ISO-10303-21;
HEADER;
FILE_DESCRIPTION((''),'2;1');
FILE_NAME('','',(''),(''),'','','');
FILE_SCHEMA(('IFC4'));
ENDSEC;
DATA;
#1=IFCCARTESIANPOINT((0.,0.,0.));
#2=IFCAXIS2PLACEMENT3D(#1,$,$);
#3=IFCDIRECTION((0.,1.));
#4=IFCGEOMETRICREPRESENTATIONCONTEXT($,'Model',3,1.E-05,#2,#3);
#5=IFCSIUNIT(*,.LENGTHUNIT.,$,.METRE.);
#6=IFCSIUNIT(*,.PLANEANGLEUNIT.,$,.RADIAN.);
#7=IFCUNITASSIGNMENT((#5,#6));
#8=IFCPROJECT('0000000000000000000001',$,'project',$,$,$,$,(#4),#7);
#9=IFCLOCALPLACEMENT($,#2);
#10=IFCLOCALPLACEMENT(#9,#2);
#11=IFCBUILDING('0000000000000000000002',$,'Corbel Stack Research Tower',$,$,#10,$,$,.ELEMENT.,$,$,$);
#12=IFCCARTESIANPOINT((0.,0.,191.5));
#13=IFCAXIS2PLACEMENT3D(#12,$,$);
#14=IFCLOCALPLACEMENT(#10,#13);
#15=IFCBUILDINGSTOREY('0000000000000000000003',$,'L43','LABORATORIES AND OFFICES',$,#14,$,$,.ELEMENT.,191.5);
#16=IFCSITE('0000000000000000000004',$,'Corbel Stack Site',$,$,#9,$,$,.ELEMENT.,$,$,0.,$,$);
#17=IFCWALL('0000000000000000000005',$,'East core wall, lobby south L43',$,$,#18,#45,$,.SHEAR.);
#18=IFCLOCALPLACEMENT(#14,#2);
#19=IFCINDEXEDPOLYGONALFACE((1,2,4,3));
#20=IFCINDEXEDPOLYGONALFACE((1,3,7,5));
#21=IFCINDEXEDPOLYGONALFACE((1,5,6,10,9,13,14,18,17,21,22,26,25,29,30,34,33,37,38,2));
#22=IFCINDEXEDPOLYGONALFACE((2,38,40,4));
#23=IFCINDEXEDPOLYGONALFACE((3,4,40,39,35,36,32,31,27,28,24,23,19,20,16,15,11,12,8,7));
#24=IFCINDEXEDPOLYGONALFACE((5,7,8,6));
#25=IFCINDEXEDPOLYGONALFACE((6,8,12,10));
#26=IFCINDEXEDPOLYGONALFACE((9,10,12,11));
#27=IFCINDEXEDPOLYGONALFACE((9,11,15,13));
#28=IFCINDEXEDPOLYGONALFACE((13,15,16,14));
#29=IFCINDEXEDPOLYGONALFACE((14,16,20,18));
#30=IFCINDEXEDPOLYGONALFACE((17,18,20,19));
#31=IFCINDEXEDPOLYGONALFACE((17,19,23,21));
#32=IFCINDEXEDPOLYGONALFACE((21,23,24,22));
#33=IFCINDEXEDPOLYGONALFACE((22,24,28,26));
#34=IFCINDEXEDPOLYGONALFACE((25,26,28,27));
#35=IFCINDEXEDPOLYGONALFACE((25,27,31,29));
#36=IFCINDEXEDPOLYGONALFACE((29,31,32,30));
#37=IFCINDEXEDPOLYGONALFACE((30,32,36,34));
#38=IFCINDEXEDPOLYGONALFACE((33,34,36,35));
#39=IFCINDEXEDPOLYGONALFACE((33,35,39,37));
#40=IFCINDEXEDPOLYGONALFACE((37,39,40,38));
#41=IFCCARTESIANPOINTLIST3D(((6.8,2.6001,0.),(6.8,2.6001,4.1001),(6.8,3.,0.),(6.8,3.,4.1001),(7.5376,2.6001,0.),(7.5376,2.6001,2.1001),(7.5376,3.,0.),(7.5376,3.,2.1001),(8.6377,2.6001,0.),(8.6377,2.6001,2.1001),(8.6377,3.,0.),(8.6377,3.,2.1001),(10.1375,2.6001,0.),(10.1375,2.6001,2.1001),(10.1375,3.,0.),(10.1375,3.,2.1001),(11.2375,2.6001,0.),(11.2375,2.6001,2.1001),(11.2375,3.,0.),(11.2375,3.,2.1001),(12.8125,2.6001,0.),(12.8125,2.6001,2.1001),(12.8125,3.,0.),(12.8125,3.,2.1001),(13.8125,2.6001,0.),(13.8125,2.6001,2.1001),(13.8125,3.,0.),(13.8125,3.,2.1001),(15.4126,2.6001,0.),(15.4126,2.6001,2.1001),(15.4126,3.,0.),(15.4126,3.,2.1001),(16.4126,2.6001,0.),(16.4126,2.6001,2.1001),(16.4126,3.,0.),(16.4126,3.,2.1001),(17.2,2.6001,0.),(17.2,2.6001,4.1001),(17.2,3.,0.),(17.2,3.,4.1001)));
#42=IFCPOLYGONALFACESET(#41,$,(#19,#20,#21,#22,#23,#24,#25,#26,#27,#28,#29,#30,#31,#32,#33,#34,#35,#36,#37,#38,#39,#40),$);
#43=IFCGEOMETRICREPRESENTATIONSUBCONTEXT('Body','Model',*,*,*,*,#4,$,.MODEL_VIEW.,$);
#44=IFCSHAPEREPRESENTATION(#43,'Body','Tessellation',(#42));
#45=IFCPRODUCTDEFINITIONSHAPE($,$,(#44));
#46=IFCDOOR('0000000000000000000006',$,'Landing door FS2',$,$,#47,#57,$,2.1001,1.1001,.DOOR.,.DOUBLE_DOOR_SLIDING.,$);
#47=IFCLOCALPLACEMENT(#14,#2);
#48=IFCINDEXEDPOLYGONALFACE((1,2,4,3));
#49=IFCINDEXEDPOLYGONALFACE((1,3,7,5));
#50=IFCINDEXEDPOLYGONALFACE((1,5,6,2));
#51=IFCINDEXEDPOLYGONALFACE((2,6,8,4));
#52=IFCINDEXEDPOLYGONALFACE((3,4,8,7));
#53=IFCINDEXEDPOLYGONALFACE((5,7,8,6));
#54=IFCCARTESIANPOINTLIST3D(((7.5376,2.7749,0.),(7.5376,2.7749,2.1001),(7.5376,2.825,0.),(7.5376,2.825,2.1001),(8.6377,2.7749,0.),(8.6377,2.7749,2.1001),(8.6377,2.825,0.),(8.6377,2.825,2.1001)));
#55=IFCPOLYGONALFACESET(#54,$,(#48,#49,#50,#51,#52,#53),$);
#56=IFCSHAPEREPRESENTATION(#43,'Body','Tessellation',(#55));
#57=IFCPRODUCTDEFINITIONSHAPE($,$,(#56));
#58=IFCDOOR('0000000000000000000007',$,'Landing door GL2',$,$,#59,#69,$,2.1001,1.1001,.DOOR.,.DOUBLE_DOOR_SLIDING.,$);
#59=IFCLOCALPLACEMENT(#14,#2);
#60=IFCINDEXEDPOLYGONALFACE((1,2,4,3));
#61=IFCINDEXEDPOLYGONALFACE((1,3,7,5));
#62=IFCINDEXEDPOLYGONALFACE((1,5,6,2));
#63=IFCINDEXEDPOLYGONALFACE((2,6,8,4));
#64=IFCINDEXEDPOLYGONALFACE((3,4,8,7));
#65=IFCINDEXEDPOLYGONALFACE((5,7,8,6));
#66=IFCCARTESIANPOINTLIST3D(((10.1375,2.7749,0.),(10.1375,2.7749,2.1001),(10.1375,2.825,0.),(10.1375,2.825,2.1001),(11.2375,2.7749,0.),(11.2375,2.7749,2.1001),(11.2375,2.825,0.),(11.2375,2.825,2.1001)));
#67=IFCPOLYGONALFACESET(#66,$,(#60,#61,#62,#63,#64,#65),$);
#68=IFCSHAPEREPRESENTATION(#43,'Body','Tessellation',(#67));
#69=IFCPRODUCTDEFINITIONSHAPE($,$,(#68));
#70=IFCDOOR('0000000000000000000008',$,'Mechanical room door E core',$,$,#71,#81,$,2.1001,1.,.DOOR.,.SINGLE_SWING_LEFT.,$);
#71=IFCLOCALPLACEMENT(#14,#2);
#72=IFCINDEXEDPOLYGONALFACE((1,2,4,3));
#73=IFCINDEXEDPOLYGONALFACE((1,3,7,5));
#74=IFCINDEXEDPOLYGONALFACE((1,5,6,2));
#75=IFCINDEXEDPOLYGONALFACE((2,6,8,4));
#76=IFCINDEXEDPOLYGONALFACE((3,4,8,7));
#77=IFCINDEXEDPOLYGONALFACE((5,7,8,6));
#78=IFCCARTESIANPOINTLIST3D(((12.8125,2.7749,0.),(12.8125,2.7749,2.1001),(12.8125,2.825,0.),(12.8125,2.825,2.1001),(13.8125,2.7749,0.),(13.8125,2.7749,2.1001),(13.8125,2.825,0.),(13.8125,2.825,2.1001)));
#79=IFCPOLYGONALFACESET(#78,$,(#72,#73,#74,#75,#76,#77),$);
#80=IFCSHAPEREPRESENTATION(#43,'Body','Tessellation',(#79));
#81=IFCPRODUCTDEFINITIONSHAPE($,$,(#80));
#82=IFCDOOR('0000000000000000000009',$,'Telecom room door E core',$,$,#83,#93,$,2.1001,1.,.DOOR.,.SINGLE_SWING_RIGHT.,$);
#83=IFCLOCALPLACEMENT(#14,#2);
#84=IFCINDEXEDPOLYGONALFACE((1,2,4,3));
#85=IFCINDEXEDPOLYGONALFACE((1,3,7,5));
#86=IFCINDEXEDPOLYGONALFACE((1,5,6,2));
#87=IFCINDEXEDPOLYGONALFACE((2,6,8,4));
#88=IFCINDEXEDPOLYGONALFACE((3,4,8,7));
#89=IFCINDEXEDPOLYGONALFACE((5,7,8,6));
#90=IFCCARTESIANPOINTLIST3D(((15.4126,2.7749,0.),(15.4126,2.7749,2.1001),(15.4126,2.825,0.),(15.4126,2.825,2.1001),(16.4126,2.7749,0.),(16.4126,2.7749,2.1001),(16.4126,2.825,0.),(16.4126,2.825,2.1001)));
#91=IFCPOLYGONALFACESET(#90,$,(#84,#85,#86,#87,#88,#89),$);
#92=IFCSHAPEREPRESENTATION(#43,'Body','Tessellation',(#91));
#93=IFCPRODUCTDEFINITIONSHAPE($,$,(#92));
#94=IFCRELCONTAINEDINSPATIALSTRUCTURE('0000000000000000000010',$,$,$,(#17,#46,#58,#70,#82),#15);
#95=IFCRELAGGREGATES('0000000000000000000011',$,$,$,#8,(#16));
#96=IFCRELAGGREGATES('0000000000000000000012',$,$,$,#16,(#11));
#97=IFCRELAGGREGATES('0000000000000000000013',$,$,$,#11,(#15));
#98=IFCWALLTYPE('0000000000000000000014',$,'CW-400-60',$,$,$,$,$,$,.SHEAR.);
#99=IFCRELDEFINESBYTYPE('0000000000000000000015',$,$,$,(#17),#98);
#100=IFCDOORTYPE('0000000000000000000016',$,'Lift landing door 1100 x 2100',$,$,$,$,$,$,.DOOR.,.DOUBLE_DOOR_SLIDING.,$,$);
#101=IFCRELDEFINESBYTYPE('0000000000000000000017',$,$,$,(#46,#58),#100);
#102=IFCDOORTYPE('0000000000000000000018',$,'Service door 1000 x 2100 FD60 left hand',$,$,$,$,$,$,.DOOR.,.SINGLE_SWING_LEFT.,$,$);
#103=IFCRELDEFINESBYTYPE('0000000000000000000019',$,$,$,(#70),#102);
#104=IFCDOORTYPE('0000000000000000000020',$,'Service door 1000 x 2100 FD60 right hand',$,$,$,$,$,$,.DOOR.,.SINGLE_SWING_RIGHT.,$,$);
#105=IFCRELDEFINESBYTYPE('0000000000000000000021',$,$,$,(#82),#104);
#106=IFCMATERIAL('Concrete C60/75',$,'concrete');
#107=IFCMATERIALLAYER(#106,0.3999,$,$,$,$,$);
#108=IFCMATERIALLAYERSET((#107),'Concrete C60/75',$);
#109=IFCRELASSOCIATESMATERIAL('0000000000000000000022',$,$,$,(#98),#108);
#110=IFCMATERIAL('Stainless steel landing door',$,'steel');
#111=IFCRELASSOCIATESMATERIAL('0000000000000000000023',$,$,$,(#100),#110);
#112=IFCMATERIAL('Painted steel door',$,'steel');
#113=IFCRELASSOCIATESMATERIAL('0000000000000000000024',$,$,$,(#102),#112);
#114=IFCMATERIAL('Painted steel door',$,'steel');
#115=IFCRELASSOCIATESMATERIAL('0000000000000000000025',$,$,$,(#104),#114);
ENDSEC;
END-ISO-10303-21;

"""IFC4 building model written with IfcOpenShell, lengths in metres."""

from ifc_helpers import new_model, si_unit, direction, frame, frame_2d, origin, place, context, subcontext, project, spatial, rectangle, extrude, material, layer, layer_set, type_object, element, fill, save


model = new_model("IFC4")

# Units and contexts
model_context = context("Model", 3, precision=1e-05, world=origin(), true_north=direction((0.0, 1.0)))
body_context = subcontext(model_context, "Body", "Model", "MODEL_VIEW")
ifc_project = project(units=[si_unit("LENGTHUNIT", "METRE"), si_unit("PLANEANGLEUNIT", "RADIAN")], contexts=[model_context])

# Site, building, storey
site_placement = place(None, origin())
site = spatial("IfcSite", under=ifc_project, at=site_placement, Name="Corbel Stack Site", CompositionType="ELEMENT", RefElevation=0.0)
building_placement = place(site_placement, origin())
building = spatial("IfcBuilding", under=site, at=building_placement, Name="Corbel Stack Research Tower", CompositionType="ELEMENT")
storey_placement = place(building_placement, frame((0.0, 0.0, 191.5)))
storey = spatial("IfcBuildingStorey", under=building, at=storey_placement, Name="L43", Description="LABORATORIES AND OFFICES", CompositionType="ELEMENT", Elevation=191.5)

# Wall, openings, doors
ifc_material_1 = material(Name="Concrete C60/75", Category="concrete")
ifc_layer_1 = layer(ifc_material_1, 0.3999)
ifc_layer_set_1 = layer_set([ifc_layer_1], Name="Concrete C60/75")
wall_type_1 = type_object("IfcWallType", Name="CW-400-60", PredefinedType="SHEAR", material=ifc_layer_set_1)
wall_1_placement = place(storey_placement, frame((6.8, 2.8, 0.0), z_axis=(0.0, 0.0, 1.0), x_axis=(1.0, 0.0, 0.0)))
wall_1 = element("IfcWall", 1, at=wall_1_placement, inside=storey, type_object=wall_type_1, Name="East core wall, lobby south L43", PredefinedType="SHEAR", context=body_context, shape_type="SweptSolid", body=[
    extrude(rectangle(XDim=10.3999, YDim=0.3999, at=frame_2d((5.2, 0.0))), origin(), (0.0, 0.0, 1.0), 4.1001),
])
opening_1_placement = place(wall_1_placement, frame((0.7375, 0.0, 0.0)))
opening_1 = element("IfcOpeningElement", 2, at=opening_1_placement, cuts=wall_1, PredefinedType="OPENING", context=body_context, shape_type="SweptSolid", body=[
    extrude(rectangle(XDim=1.1001, YDim=2.1001, at=frame_2d((0.55, 1.05))), frame((0.0, 0.21, 0.0), z_axis=(0.0, -1.0, 0.0), x_axis=(1.0, 0.0, 0.0)), (0.0, 0.0, 1.0), 0.4199),
])
opening_2_placement = place(wall_1_placement, frame((3.3374, 0.0, 0.0)))
opening_2 = element("IfcOpeningElement", 3, at=opening_2_placement, cuts=wall_1, PredefinedType="OPENING", context=body_context, shape_type="SweptSolid", body=[
    extrude(rectangle(XDim=1.1001, YDim=2.1001, at=frame_2d((0.55, 1.05))), frame((0.0, 0.21, 0.0), z_axis=(0.0, -1.0, 0.0), x_axis=(1.0, 0.0, 0.0)), (0.0, 0.0, 1.0), 0.4199),
])
opening_3_placement = place(wall_1_placement, frame((6.0125, 0.0, 0.0)))
opening_3 = element("IfcOpeningElement", 4, at=opening_3_placement, cuts=wall_1, PredefinedType="OPENING", context=body_context, shape_type="SweptSolid", body=[
    extrude(rectangle(XDim=1.0, YDim=2.1001, at=frame_2d((0.5, 1.05))), frame((0.0, 0.21, 0.0), z_axis=(0.0, -1.0, 0.0), x_axis=(1.0, 0.0, 0.0)), (0.0, 0.0, 1.0), 0.4199),
])
opening_4_placement = place(wall_1_placement, frame((8.6125, 0.0, 0.0)))
opening_4 = element("IfcOpeningElement", 5, at=opening_4_placement, cuts=wall_1, PredefinedType="OPENING", context=body_context, shape_type="SweptSolid", body=[
    extrude(rectangle(XDim=1.0, YDim=2.1001, at=frame_2d((0.5, 1.05))), frame((0.0, 0.21, 0.0), z_axis=(0.0, -1.0, 0.0), x_axis=(1.0, 0.0, 0.0)), (0.0, 0.0, 1.0), 0.4199),
])
ifc_material_2 = material(Name="Stainless steel landing door", Category="steel")
door_type_1 = type_object("IfcDoorType", Name="Lift landing door 1100 x 2100", OperationType="DOUBLE_DOOR_SLIDING", PredefinedType="DOOR", material=ifc_material_2)
door_1_placement = place(opening_1_placement, origin())
door_1 = element("IfcDoor", 6, at=door_1_placement, inside=storey, type_object=door_type_1, Name="Landing door FS2", OperationType="DOUBLE_DOOR_SLIDING", OverallHeight=2.1001, OverallWidth=1.1001, PredefinedType="DOOR", context=body_context, shape_type="SweptSolid", body=[
    extrude(rectangle(XDim=1.1001, YDim=2.1001, at=frame_2d((0.55, 1.05))), frame((0.0, 0.0249, 0.0), z_axis=(0.0, -1.0, 0.0), x_axis=(1.0, 0.0, 0.0)), (0.0, 0.0, 1.0), 0.05),
])
fill(opening_1, door_1)
door_2_placement = place(opening_2_placement, origin())
door_2 = element("IfcDoor", 7, at=door_2_placement, inside=storey, type_object=door_type_1, Name="Landing door GL2", OperationType="DOUBLE_DOOR_SLIDING", OverallHeight=2.1001, OverallWidth=1.1001, PredefinedType="DOOR", context=body_context, shape_type="SweptSolid", body=[
    extrude(rectangle(XDim=1.1001, YDim=2.1001, at=frame_2d((0.55, 1.05))), frame((0.0, 0.0249, 0.0), z_axis=(0.0, -1.0, 0.0), x_axis=(1.0, 0.0, 0.0)), (0.0, 0.0, 1.0), 0.05),
])
fill(opening_2, door_2)
ifc_material_3 = material(Name="Painted steel door", Category="steel")
door_type_2 = type_object("IfcDoorType", Name="Service door 1000 x 2100 FD60 left hand", OperationType="SINGLE_SWING_LEFT", PredefinedType="DOOR", material=ifc_material_3)
door_3_placement = place(opening_3_placement, origin())
door_3 = element("IfcDoor", 8, at=door_3_placement, inside=storey, type_object=door_type_2, Name="Mechanical room door E core", OperationType="SINGLE_SWING_LEFT", OverallHeight=2.1001, OverallWidth=1.0, PredefinedType="DOOR", context=body_context, shape_type="SweptSolid", body=[
    extrude(rectangle(XDim=1.0, YDim=2.1001, at=frame_2d((0.5, 1.05))), frame((0.0, 0.0249, 0.0), z_axis=(0.0, -1.0, 0.0), x_axis=(1.0, 0.0, 0.0)), (0.0, 0.0, 1.0), 0.05),
])
fill(opening_3, door_3)
ifc_material_4 = material(Name="Painted steel door", Category="steel")
door_type_3 = type_object("IfcDoorType", Name="Service door 1000 x 2100 FD60 right hand", OperationType="SINGLE_SWING_RIGHT", PredefinedType="DOOR", material=ifc_material_4)
door_4_placement = place(opening_4_placement, origin())
door_4 = element("IfcDoor", 9, at=door_4_placement, inside=storey, type_object=door_type_3, Name="Telecom room door E core", OperationType="SINGLE_SWING_RIGHT", OverallHeight=2.1001, OverallWidth=1.0, PredefinedType="DOOR", context=body_context, shape_type="SweptSolid", body=[
    extrude(rectangle(XDim=1.0, YDim=2.1001, at=frame_2d((0.5, 1.05))), frame((0.0, 0.0249, 0.0), z_axis=(0.0, -1.0, 0.0), x_axis=(1.0, 0.0, 0.0)), (0.0, 0.0, 1.0), 0.05),
])
fill(opening_4, door_4)

save(model, "model.ifc")
